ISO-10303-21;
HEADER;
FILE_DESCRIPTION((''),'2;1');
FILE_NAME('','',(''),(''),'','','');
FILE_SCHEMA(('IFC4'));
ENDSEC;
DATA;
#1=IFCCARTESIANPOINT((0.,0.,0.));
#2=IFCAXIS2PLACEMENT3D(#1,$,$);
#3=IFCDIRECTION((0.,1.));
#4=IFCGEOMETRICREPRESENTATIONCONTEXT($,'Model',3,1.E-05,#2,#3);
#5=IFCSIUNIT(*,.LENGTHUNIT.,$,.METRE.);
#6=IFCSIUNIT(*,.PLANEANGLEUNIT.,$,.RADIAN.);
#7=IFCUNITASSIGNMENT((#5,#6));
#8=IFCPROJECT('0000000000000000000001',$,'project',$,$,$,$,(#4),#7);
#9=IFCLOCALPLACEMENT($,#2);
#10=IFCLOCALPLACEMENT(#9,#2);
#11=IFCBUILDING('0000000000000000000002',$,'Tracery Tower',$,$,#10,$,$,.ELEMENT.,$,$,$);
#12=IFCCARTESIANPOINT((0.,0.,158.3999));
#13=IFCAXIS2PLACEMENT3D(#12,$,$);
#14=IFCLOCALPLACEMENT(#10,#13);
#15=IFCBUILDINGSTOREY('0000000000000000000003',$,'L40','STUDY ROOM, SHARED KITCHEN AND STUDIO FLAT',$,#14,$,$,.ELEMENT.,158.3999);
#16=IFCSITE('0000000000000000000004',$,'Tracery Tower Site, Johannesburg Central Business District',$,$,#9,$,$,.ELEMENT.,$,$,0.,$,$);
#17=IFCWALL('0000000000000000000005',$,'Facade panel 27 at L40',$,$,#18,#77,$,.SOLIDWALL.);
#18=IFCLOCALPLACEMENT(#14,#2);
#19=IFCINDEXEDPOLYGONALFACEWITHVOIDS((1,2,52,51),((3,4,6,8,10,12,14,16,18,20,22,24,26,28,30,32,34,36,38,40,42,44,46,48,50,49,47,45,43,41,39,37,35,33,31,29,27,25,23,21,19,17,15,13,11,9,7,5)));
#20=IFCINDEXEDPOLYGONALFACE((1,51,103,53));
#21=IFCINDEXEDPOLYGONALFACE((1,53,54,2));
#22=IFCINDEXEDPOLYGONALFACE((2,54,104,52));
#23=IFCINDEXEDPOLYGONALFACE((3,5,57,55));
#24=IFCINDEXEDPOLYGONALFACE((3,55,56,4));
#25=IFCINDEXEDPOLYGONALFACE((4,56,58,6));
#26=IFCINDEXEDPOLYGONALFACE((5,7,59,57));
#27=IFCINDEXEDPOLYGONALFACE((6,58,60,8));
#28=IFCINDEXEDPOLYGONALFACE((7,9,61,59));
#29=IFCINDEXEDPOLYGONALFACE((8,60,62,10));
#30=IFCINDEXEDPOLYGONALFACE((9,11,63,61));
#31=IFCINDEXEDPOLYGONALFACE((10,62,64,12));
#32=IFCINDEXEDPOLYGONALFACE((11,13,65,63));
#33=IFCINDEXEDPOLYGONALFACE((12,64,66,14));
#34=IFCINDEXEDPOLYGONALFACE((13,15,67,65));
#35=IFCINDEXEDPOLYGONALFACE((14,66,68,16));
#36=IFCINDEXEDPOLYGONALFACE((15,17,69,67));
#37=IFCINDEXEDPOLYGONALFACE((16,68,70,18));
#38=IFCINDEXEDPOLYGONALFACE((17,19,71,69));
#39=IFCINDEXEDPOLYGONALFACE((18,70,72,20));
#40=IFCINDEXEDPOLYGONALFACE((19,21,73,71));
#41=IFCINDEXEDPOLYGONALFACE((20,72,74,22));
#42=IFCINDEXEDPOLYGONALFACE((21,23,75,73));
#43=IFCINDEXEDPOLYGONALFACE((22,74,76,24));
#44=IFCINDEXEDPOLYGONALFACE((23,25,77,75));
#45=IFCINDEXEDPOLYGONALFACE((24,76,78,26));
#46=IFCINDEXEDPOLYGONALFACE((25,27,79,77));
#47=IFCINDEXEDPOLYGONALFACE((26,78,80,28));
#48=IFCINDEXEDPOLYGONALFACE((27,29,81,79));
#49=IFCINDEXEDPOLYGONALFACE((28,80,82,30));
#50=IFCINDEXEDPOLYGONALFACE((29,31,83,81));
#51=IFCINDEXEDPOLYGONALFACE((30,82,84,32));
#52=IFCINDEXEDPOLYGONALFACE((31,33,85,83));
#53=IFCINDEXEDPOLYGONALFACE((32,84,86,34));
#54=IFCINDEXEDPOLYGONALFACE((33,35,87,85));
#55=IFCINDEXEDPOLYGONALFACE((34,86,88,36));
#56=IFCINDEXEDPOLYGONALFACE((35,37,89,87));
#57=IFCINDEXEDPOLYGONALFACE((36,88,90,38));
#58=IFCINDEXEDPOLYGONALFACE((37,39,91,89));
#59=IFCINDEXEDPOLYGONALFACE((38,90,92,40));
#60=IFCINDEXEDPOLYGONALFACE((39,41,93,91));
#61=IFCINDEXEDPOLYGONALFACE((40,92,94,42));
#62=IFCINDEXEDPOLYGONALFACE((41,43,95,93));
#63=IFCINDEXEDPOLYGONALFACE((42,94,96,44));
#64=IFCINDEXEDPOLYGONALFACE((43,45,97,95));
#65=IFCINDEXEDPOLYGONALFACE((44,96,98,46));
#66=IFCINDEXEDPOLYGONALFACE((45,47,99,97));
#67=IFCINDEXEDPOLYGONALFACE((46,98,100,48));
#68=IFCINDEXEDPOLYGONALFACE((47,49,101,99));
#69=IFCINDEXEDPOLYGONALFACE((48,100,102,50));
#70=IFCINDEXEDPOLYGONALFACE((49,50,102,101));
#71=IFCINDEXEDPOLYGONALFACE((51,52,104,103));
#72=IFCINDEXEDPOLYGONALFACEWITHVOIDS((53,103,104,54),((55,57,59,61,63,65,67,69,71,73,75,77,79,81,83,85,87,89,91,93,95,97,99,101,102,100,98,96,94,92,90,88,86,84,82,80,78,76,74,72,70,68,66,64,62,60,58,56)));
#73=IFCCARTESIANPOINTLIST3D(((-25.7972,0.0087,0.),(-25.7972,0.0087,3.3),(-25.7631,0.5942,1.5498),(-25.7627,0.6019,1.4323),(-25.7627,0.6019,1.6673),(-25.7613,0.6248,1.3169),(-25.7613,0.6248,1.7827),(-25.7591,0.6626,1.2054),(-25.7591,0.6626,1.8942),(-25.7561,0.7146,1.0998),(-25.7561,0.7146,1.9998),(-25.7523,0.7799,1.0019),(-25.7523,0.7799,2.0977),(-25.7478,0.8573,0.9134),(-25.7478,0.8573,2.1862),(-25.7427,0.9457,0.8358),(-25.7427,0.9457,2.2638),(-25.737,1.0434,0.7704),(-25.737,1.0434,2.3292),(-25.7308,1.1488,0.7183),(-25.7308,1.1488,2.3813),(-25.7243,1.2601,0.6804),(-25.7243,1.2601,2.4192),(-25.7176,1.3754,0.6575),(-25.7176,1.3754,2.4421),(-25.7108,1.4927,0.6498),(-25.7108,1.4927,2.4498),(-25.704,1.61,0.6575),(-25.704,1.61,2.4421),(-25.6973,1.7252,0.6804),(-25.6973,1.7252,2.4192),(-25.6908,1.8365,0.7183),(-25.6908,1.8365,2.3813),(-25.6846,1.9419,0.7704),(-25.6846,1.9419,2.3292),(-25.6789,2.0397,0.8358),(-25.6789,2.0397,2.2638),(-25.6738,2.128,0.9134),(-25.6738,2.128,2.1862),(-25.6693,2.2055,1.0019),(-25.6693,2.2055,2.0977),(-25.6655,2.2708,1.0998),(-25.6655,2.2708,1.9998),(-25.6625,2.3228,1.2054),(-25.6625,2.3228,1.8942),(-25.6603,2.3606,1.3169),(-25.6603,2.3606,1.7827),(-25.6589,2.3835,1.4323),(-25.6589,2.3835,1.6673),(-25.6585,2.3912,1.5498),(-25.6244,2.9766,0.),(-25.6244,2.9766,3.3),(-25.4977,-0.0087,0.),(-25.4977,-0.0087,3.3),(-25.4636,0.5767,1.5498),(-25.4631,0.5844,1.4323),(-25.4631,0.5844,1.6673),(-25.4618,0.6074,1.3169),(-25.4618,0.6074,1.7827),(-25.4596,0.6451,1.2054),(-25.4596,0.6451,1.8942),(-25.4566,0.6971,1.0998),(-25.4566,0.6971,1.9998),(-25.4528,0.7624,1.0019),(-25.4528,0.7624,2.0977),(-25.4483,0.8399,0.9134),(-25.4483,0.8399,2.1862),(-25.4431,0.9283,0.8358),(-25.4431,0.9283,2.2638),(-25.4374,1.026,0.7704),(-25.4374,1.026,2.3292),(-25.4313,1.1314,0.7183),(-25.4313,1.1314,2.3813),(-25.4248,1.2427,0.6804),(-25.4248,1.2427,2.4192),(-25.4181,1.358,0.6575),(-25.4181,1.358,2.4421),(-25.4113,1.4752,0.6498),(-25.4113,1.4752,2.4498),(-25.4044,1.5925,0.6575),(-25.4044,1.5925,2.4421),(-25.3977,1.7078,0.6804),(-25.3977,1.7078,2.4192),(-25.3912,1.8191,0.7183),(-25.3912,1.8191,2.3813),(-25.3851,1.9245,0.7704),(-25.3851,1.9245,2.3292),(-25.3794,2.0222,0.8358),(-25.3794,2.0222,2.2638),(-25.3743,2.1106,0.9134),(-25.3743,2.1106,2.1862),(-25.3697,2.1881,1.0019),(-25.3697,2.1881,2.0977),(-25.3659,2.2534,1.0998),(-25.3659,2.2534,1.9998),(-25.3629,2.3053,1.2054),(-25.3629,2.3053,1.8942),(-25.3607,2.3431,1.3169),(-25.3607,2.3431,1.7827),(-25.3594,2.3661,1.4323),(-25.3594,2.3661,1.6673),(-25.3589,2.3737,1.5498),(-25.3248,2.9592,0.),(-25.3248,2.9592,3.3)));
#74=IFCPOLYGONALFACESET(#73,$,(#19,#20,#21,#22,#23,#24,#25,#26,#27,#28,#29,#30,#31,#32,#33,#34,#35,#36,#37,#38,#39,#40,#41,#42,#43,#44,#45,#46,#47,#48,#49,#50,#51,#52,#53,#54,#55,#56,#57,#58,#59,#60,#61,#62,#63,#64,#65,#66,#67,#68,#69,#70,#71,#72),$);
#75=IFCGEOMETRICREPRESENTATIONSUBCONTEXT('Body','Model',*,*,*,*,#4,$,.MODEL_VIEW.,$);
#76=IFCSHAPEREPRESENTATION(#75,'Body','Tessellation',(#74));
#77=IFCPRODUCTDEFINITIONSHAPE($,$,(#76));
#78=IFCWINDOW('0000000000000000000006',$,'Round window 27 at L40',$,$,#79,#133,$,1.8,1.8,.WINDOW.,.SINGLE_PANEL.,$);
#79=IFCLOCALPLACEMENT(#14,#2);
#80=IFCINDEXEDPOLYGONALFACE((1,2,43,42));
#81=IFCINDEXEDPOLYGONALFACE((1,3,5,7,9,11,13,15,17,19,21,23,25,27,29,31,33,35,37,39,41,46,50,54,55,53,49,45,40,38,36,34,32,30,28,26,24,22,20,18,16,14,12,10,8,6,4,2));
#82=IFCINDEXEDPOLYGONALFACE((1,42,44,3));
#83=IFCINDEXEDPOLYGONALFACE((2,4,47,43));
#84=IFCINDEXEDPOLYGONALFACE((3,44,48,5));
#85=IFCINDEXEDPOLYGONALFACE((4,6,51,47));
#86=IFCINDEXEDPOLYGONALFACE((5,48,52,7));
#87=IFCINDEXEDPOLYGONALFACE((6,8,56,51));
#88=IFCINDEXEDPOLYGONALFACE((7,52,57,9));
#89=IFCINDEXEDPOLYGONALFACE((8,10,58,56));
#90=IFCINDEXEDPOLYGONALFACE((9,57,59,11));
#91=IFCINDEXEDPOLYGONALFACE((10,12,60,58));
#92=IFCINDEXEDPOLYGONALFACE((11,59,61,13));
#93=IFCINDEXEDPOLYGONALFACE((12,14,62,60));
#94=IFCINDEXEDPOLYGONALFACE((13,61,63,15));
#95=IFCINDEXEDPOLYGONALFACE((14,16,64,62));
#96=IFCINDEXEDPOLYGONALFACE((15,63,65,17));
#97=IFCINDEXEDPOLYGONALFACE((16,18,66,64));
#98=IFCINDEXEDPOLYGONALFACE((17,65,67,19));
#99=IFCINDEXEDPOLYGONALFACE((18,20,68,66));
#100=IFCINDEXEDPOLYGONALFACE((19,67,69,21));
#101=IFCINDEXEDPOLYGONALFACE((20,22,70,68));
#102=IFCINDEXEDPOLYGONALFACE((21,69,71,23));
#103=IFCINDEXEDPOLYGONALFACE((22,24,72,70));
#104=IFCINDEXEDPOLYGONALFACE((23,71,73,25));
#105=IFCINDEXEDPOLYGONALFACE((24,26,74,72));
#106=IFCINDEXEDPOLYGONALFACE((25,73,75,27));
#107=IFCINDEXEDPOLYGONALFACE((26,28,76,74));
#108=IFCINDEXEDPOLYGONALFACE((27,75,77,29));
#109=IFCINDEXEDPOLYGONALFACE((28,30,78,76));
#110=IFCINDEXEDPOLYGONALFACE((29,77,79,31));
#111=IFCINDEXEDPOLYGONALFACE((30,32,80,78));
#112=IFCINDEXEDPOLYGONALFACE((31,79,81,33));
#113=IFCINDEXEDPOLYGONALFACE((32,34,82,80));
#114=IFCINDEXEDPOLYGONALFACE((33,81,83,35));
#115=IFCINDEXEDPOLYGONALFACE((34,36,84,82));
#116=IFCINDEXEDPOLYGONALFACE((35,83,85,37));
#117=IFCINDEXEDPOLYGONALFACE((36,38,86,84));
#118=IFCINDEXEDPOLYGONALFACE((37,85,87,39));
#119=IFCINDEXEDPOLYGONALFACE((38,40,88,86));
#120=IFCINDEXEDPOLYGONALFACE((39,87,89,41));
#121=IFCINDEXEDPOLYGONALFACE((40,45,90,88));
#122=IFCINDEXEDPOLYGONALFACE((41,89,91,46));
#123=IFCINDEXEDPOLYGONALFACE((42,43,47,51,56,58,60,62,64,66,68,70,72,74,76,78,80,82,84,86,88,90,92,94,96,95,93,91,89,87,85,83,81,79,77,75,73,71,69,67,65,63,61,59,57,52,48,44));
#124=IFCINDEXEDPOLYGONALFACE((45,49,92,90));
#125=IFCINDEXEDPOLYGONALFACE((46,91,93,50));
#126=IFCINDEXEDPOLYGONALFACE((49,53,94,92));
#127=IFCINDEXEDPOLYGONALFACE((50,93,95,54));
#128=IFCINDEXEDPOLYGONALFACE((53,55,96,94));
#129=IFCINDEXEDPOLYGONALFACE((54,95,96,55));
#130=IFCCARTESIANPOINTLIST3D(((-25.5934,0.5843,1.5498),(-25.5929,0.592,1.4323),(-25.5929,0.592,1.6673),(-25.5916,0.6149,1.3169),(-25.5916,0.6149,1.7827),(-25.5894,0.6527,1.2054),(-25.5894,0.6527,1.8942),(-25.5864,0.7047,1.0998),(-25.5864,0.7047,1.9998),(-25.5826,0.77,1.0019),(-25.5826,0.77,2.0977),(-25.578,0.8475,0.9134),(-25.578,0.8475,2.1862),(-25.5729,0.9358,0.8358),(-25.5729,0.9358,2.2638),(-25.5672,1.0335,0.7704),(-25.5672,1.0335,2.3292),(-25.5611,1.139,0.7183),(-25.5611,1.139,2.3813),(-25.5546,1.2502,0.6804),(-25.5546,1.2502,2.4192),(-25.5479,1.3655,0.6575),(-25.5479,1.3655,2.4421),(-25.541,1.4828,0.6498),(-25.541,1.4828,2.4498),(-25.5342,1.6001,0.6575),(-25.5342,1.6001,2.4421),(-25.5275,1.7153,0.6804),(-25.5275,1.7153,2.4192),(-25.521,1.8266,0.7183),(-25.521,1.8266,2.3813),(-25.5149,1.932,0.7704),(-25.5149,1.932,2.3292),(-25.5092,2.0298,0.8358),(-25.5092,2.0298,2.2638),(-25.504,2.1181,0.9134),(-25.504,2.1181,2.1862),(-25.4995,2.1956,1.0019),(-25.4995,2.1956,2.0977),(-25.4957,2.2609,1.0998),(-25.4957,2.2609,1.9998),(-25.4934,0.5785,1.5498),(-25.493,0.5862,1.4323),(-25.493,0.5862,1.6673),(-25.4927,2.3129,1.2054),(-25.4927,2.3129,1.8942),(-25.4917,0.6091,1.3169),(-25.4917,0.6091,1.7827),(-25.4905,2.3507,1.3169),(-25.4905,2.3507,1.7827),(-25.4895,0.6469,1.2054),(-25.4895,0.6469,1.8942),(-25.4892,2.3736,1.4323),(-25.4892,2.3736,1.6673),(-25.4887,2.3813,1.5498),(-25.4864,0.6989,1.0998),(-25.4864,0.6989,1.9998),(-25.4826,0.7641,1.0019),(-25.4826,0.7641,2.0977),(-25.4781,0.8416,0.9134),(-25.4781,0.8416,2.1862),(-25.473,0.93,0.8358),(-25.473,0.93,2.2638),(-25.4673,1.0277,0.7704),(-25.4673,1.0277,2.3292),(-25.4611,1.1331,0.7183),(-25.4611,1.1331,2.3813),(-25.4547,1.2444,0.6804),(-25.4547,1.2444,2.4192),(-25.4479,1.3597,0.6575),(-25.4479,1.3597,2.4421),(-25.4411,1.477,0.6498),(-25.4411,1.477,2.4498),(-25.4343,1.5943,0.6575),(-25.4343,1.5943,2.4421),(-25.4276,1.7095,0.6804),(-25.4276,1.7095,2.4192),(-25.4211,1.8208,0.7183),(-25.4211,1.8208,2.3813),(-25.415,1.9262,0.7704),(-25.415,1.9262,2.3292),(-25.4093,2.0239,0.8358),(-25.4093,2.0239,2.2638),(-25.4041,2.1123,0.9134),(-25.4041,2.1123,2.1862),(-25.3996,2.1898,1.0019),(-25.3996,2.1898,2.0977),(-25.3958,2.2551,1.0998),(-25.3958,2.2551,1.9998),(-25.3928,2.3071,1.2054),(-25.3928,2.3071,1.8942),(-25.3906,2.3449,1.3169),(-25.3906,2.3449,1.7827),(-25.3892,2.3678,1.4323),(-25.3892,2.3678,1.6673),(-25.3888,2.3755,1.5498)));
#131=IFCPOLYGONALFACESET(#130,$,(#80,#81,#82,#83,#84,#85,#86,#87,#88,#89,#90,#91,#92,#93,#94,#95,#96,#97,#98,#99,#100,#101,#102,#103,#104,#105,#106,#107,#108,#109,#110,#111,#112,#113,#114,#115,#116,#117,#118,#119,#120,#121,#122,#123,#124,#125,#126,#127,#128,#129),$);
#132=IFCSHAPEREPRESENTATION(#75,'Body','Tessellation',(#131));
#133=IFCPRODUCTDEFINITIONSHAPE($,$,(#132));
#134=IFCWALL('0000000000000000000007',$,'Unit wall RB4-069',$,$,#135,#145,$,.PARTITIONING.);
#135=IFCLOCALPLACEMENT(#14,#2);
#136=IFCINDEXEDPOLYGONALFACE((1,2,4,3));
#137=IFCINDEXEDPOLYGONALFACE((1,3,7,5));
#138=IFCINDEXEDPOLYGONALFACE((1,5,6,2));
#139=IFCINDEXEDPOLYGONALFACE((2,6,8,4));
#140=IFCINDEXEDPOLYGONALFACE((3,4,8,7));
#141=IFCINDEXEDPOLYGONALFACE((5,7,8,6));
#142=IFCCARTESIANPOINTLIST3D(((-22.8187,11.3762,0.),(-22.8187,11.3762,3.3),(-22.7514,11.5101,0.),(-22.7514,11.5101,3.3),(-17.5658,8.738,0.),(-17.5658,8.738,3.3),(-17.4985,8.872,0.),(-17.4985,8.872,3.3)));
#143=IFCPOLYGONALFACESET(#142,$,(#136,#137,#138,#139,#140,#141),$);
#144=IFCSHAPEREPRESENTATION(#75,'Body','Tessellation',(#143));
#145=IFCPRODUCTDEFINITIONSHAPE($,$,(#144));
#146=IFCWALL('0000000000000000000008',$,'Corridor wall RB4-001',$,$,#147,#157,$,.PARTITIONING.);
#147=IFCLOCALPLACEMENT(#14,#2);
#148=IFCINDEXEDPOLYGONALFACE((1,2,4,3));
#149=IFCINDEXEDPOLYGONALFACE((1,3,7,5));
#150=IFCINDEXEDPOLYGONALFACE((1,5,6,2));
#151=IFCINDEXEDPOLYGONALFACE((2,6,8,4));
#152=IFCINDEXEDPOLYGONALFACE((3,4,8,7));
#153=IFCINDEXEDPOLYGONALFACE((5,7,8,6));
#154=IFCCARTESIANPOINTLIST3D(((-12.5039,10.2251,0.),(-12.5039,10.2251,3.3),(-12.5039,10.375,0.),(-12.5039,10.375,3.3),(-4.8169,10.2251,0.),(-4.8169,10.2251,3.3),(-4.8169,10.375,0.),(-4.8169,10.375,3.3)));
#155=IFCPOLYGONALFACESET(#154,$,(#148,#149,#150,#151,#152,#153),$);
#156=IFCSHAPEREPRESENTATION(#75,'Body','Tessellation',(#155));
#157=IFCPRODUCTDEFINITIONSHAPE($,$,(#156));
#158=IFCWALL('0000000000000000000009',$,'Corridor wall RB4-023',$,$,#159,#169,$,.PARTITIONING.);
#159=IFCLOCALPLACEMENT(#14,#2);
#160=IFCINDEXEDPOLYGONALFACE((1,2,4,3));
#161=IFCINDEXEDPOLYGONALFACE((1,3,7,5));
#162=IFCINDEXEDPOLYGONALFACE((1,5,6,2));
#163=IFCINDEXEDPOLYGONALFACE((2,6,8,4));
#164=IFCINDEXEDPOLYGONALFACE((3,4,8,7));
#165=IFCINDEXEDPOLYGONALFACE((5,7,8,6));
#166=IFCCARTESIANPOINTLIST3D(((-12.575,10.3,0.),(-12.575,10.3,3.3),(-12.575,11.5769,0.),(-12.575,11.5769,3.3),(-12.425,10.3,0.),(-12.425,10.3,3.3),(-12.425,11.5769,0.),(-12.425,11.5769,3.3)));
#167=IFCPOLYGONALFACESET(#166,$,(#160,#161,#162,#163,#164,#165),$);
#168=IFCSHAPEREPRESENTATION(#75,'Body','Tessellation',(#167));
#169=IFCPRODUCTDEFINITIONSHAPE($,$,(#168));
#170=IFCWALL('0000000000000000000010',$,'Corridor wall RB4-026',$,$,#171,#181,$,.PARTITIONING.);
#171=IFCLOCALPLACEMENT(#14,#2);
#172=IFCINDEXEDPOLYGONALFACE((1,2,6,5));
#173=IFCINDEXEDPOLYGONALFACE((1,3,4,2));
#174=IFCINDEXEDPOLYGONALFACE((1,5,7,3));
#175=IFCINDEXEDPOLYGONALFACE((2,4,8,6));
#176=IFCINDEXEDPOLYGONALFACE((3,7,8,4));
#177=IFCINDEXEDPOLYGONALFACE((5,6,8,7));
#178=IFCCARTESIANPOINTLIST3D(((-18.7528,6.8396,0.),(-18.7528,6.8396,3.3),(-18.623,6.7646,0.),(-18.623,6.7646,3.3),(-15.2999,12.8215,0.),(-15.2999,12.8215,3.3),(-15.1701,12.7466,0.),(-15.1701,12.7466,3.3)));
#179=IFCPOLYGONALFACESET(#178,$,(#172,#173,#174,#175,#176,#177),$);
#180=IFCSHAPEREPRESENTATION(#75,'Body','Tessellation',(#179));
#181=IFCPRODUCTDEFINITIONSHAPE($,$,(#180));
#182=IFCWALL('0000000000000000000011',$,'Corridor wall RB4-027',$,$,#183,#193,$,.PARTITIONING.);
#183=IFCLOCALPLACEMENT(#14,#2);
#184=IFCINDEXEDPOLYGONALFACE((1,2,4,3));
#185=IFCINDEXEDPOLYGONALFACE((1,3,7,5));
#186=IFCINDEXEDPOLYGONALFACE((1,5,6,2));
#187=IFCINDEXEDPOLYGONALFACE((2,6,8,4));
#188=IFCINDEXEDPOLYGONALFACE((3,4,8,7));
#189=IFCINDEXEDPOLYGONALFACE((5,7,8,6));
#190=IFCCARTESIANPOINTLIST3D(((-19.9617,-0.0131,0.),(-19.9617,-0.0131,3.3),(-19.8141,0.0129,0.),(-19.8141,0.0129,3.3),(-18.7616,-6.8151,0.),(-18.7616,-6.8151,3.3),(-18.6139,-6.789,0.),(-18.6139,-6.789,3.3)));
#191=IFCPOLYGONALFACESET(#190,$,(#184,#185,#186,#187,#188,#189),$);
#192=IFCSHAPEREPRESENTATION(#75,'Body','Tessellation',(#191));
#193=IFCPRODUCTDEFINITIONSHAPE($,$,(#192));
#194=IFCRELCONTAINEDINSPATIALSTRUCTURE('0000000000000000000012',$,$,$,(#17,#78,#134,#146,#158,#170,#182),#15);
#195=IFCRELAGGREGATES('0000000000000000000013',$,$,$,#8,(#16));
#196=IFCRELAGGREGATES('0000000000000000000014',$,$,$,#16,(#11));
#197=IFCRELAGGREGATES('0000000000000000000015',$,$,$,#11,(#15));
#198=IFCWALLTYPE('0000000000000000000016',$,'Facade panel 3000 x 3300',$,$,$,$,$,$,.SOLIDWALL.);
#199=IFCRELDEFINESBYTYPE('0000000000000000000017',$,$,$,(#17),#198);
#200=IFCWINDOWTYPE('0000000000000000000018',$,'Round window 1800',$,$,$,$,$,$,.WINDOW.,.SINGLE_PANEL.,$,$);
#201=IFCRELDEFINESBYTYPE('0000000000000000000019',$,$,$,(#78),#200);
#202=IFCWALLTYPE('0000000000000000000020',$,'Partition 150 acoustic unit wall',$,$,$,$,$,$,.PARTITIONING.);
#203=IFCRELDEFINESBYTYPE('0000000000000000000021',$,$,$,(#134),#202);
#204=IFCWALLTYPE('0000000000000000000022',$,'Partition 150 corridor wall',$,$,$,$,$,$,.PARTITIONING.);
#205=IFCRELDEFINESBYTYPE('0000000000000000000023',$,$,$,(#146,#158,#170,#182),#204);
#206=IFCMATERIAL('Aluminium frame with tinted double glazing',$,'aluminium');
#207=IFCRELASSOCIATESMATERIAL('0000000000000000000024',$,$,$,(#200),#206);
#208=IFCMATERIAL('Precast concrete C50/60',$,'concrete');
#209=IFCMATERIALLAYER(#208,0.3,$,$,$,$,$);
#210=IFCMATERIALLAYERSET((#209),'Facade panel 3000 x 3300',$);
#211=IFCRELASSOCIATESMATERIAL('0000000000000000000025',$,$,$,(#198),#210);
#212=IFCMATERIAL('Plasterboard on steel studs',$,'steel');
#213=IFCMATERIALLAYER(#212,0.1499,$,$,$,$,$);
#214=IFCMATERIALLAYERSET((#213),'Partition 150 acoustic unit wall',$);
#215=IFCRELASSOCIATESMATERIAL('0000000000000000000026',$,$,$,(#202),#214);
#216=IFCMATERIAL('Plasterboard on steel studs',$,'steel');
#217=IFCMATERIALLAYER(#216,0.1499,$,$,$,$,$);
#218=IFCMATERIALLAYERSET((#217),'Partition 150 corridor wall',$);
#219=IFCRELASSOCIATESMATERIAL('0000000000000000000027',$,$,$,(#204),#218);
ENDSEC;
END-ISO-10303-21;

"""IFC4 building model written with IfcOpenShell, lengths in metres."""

from ifc_helpers import new_model, si_unit, direction, frame, frame_2d, origin, origin_2d, place, context, subcontext, project, spatial, rectangle, circle, extrude, material, layer, layer_set, type_object, element, fill, save


model = new_model("IFC4")

# Units and contexts
model_context = context("Model", 3, precision=1e-05, world=origin(), true_north=direction((0.0, 1.0)))
body_context = subcontext(model_context, "Body", "Model", "MODEL_VIEW")
ifc_project = project(units=[si_unit("LENGTHUNIT", "METRE"), si_unit("PLANEANGLEUNIT", "RADIAN")], contexts=[model_context])

# Site, building, storey
site_placement = place(None, origin())
site = spatial("IfcSite", under=ifc_project, at=site_placement, Name="Tracery Tower Site, Johannesburg Central Business District", CompositionType="ELEMENT", RefElevation=0.0)
building_placement = place(site_placement, origin())
building = spatial("IfcBuilding", under=site, at=building_placement, Name="Tracery Tower", CompositionType="ELEMENT")
storey_placement = place(building_placement, frame((0.0, 0.0, 158.3999)))
storey = spatial("IfcBuildingStorey", under=building, at=storey_placement, Name="L40", Description="STUDY ROOM, SHARED KITCHEN AND STUDIO FLAT", CompositionType="ELEMENT", Elevation=158.3999)

# Wall, opening, window
ifc_material_1 = material(Name="Aluminium frame with tinted double glazing", Category="aluminium")
window_type = type_object("IfcWindowType", Name="Round window 1800", PartitioningType="SINGLE_PANEL", PredefinedType="WINDOW", material=ifc_material_1)
ifc_material_2 = material(Name="Precast concrete C50/60", Category="concrete")
ifc_layer_1 = layer(ifc_material_2, 0.3)
ifc_layer_set_1 = layer_set([ifc_layer_1], Name="Facade panel 3000 x 3300")
wall_type_1 = type_object("IfcWallType", Name="Facade panel 3000 x 3300", PredefinedType="SOLIDWALL", material=ifc_layer_set_1)
wall_1_placement = place(storey_placement, frame((-25.4746, 2.9678, 0.0), z_axis=(0.0, 0.0, 1.0), x_axis=(-0.058144, -0.998308, 0.0)))
wall_1 = element("IfcWall", 1, at=wall_1_placement, inside=storey, type_object=wall_type_1, Name="Facade panel 27 at L40", PredefinedType="SOLIDWALL", context=body_context, shape_type="SweptSolid", body=[
    extrude(rectangle(XDim=2.9729, YDim=0.3, at=frame_2d((1.4863, 0.0))), origin(), (0.0, 0.0, 1.0), 3.3),
])
opening_1_placement = place(wall_1_placement, frame((1.4863, 0.0, 1.5498)))
opening_1 = element("IfcOpeningElement", 2, at=opening_1_placement, cuts=wall_1, PredefinedType="OPENING", context=body_context, shape_type="SweptSolid", body=[
    extrude(circle(Radius=0.9, at=origin_2d()), frame((0.0, 0.1599, 0.0), z_axis=(0.0, -1.0, 0.0), x_axis=(1.0, 0.0, 0.0)), (0.0, 0.0, 1.0), 0.3201),
])
window_1_placement = place(opening_1_placement, origin())
window_1 = element("IfcWindow", 3, at=window_1_placement, inside=storey, type_object=window_type, Name="Round window 27 at L40", OverallHeight=1.8, OverallWidth=1.8, PartitioningType="SINGLE_PANEL", PredefinedType="WINDOW", context=body_context, shape_type="SweptSolid", body=[
    extrude(circle(Radius=0.9, at=origin_2d()), frame((0.0, 0.1201, 0.0), z_axis=(0.0, -1.0, 0.0), x_axis=(1.0, 0.0, 0.0)), (0.0, 0.0, 1.0), 0.1001),
])
fill(opening_1, window_1)

# Walls
ifc_material_3 = material(Name="Plasterboard on steel studs", Category="steel")
ifc_layer_2 = layer(ifc_material_3, 0.1499)
ifc_layer_set_2 = layer_set([ifc_layer_2], Name="Partition 150 acoustic unit wall")
wall_type_2 = type_object("IfcWallType", Name="Partition 150 acoustic unit wall", PredefinedType="PARTITIONING", material=ifc_layer_set_2)
wall_2_placement = place(storey_placement, frame((-22.7849, 11.4431, 0.0), z_axis=(0.0, 0.0, 1.0), x_axis=(0.893628, -0.448808, 0.0)))
element("IfcWall", 4, at=wall_2_placement, inside=storey, type_object=wall_type_2, Name="Unit wall RB4-069", PredefinedType="PARTITIONING", context=body_context, shape_type="SweptSolid", body=[
    extrude(rectangle(XDim=5.8782, YDim=0.1499, at=frame_2d((2.939, 0.0))), origin(), (0.0, 0.0, 1.0), 3.3),
])
ifc_material_4 = material(Name="Plasterboard on steel studs", Category="steel")
ifc_layer_3 = layer(ifc_material_4, 0.1499)
ifc_layer_set_3 = layer_set([ifc_layer_3], Name="Partition 150 corridor wall")
wall_type_3 = type_object("IfcWallType", Name="Partition 150 corridor wall", PredefinedType="PARTITIONING", material=ifc_layer_set_3)
wall_3_placement = place(storey_placement, frame((-12.5039, 10.3, 0.0), z_axis=(0.0, 0.0, 1.0), x_axis=(1.0, 0.0, 0.0)))
element("IfcWall", 5, at=wall_3_placement, inside=storey, type_object=wall_type_3, Name="Corridor wall RB4-001", PredefinedType="PARTITIONING", context=body_context, shape_type="SweptSolid", body=[
    extrude(rectangle(XDim=7.687, YDim=0.1499, at=frame_2d((3.8435, 0.0))), origin(), (0.0, 0.0, 1.0), 3.3),
])
wall_4_placement = place(storey_placement, frame((-12.5, 10.3, 0.0), z_axis=(0.0, 0.0, 1.0), x_axis=(0.0, 1.0, 0.0)))
element("IfcWall", 6, at=wall_4_placement, inside=storey, type_object=wall_type_3, Name="Corridor wall RB4-023", PredefinedType="PARTITIONING", context=body_context, shape_type="SweptSolid", body=[
    extrude(rectangle(XDim=1.2769, YDim=0.1499, at=frame_2d((0.6384, 0.0))), origin(), (0.0, 0.0, 1.0), 3.3),
])
for number, where, z_axis, x_axis, name in (
    (7, (-18.688, 6.802, 0.0), (0.0, 0.0, 1.0), (0.499914, 0.866075, 0.0), "Corridor wall RB4-026"),
    (8, (-19.8879, 0.0, 0.0), (0.0, 0.0, 1.0), (0.173763, -0.984787, 0.0), "Corridor wall RB4-027"),
):
    element("IfcWall", number, at=place(storey_placement, frame(where, z_axis=z_axis, x_axis=x_axis)), inside=storey, type_object=wall_type_3, Name=name, PredefinedType="PARTITIONING", context=body_context, shape_type="SweptSolid", body=[
        extrude(rectangle(XDim=6.907, YDim=0.1499, at=frame_2d((3.4536, 0.0))), origin(), (0.0, 0.0, 1.0), 3.3),
    ])

save(model, "model.ifc")
